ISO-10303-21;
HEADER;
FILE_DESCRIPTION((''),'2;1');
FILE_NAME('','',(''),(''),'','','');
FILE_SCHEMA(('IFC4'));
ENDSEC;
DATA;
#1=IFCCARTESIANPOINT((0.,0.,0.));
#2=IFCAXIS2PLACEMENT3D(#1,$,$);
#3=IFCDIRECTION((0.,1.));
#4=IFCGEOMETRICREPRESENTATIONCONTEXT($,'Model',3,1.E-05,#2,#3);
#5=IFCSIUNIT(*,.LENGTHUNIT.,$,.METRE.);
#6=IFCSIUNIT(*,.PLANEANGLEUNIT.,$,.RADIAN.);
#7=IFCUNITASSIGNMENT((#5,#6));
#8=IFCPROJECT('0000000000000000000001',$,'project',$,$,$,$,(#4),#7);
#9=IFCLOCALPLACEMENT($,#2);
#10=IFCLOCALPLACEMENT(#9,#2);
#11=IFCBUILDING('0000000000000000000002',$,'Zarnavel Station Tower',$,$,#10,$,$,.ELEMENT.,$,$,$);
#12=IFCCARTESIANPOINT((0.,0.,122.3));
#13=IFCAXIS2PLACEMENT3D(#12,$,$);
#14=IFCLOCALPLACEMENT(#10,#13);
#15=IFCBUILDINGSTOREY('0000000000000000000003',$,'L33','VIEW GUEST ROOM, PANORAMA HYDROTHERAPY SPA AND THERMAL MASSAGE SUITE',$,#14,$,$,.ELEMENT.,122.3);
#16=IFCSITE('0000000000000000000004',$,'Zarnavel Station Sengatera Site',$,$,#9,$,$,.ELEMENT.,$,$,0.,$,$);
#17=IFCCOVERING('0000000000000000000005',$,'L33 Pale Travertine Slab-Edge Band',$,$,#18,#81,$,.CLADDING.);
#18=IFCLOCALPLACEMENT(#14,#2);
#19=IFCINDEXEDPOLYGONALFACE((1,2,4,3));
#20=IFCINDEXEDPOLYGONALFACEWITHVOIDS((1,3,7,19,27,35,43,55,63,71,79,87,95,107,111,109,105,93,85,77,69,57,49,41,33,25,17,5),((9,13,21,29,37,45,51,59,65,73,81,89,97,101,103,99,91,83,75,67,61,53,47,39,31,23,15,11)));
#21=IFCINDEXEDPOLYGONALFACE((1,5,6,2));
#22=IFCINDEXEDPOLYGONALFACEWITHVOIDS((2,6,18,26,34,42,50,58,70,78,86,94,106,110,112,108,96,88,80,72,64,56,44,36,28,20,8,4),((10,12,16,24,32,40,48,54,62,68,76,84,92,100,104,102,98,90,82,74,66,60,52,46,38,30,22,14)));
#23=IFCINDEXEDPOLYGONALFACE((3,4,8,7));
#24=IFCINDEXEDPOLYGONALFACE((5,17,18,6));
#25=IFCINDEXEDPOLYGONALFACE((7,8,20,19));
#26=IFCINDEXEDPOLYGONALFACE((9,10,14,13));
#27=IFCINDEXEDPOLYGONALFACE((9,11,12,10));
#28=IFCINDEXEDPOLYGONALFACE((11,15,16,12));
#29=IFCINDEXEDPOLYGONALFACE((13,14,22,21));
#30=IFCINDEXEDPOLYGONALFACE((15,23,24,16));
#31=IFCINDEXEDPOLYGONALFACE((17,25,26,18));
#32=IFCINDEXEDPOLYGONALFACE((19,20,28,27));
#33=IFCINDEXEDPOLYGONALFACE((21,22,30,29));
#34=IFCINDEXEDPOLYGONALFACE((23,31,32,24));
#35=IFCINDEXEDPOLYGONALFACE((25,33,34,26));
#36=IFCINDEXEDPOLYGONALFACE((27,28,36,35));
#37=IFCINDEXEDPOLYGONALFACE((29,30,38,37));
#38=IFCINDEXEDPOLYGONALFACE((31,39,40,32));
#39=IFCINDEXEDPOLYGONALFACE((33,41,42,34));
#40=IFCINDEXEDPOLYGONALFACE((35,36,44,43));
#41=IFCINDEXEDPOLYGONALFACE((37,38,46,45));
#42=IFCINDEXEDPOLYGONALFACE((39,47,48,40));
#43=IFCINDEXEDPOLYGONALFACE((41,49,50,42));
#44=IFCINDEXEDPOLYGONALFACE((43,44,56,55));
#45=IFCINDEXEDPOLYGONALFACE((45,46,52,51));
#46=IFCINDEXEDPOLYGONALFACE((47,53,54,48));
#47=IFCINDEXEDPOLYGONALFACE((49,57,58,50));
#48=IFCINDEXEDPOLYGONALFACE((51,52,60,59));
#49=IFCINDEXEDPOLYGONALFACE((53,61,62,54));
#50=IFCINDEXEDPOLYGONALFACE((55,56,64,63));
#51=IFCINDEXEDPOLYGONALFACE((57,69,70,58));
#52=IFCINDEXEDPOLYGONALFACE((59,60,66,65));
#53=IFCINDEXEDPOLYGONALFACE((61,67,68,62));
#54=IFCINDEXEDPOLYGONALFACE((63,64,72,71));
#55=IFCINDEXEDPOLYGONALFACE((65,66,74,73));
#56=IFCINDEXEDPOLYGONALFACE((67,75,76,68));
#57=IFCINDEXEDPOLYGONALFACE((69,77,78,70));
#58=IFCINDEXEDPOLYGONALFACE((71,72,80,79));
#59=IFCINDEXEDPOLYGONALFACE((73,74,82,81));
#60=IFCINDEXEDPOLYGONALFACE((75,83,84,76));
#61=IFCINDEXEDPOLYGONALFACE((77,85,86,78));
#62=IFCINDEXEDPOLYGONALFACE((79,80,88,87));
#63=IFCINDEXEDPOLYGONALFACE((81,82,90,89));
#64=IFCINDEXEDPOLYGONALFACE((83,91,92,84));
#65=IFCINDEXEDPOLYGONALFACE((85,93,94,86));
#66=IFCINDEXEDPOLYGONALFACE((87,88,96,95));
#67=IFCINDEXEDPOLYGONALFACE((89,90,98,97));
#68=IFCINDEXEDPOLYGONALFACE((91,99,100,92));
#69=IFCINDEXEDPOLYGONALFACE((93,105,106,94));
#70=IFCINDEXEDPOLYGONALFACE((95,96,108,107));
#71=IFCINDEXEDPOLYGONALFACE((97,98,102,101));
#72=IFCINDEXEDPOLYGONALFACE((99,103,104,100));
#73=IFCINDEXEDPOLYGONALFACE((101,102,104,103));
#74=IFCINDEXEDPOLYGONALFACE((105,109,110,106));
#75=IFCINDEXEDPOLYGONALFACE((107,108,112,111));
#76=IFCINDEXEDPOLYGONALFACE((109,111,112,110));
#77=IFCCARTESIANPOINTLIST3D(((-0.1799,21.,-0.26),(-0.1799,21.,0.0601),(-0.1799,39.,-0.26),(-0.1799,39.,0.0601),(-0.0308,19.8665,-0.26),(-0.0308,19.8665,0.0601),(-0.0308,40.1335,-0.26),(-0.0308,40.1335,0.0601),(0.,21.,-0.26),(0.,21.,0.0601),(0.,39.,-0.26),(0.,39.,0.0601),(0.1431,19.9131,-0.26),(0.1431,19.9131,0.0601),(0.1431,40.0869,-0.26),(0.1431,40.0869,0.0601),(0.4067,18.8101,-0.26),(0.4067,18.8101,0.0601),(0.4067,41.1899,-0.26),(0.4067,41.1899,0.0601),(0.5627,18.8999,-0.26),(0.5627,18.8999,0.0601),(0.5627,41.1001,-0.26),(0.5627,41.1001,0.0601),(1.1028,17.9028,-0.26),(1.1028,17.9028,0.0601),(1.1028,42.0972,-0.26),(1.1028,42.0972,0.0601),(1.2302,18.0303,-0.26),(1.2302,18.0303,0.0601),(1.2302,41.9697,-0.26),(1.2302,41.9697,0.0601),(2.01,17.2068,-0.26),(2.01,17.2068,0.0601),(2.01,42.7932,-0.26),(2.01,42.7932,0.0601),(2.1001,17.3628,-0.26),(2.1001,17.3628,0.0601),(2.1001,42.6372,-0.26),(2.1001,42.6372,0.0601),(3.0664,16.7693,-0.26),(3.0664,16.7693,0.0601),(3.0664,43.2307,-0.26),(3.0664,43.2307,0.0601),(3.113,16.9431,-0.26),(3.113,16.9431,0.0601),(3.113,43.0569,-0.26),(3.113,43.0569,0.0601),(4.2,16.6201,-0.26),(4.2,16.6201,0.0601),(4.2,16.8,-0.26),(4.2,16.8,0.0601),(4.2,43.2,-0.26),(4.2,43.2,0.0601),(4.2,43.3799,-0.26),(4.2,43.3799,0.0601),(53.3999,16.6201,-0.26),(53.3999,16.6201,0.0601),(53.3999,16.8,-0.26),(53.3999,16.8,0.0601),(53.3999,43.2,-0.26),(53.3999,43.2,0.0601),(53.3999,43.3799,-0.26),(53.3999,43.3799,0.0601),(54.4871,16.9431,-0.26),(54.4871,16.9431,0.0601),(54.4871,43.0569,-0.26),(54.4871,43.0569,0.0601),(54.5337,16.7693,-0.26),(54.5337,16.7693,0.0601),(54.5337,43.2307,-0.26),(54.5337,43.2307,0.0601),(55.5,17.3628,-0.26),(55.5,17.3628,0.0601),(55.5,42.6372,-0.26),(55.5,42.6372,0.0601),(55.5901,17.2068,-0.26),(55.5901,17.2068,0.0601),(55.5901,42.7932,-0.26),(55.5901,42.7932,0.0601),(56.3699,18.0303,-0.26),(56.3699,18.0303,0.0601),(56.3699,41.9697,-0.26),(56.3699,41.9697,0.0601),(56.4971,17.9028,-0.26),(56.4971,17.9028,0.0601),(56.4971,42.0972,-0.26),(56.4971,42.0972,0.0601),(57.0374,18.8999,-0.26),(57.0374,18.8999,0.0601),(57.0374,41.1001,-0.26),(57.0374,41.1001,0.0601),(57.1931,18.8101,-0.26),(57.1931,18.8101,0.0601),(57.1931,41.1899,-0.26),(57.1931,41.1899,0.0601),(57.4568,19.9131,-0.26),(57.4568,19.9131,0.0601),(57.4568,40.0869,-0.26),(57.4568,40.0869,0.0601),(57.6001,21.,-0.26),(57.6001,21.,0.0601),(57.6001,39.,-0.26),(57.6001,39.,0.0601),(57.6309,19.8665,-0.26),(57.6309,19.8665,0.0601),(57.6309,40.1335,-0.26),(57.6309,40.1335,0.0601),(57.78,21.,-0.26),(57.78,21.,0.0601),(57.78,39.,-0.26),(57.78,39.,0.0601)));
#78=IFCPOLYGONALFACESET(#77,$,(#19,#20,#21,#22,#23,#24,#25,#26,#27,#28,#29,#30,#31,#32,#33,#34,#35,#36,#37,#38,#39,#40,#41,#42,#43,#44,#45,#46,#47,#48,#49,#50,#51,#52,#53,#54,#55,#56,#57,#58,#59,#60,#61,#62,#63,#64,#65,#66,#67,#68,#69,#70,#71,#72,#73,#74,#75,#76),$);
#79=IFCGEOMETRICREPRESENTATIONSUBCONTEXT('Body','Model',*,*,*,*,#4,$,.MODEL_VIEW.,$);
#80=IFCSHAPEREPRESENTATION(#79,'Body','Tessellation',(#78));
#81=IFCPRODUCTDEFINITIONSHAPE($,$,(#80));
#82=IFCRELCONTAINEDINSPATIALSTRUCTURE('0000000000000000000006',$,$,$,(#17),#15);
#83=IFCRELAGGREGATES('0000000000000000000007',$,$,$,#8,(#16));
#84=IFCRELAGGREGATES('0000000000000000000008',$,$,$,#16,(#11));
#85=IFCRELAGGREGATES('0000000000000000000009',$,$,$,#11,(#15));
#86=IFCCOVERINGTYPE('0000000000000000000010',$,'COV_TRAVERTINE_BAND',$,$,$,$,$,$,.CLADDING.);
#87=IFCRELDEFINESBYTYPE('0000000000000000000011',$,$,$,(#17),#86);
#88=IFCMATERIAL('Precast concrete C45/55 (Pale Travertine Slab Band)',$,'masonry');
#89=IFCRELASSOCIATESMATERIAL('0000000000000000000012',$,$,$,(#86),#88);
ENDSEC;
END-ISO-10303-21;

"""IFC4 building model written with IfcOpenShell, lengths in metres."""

from ifc_helpers import new_model, si_unit, direction, frame, origin, place, context, subcontext, project, spatial, polyline, outline, extrude, material, type_object, element, save


model = new_model("IFC4")

# Units and contexts
model_context = context("Model", 3, precision=1e-05, world=origin(), true_north=direction((0.0, 1.0)))
body_context = subcontext(model_context, "Body", "Model", "MODEL_VIEW")
ifc_project = project(units=[si_unit("LENGTHUNIT", "METRE"), si_unit("PLANEANGLEUNIT", "RADIAN")], contexts=[model_context])

# Site, building, storey
site_placement = place(None, origin())
site = spatial("IfcSite", under=ifc_project, at=site_placement, Name="Zarnavel Station Sengatera Site", CompositionType="ELEMENT", RefElevation=0.0)
building_placement = place(site_placement, origin())
building = spatial("IfcBuilding", under=site, at=building_placement, Name="Zarnavel Station Tower", CompositionType="ELEMENT")
storey_placement = place(building_placement, frame((0.0, 0.0, 122.3)))
storey = spatial("IfcBuildingStorey", under=building, at=storey_placement, Name="L33", Description="VIEW GUEST ROOM, PANORAMA HYDROTHERAPY SPA AND THERMAL MASSAGE SUITE", CompositionType="ELEMENT", Elevation=122.3)

# Covering
ifc_material_1 = material(Name="Precast concrete C45/55 (Pale Travertine Slab Band)", Category="masonry")
covering_type_1 = type_object("IfcCoveringType", Name="COV_TRAVERTINE_BAND", PredefinedType="CLADDING", material=ifc_material_1)
covering_1_placement = place(storey_placement, frame((0.0, 0.0, -0.26)))
element("IfcCovering", 1, at=covering_1_placement, inside=storey, type_object=covering_type_1, Name="L33 Pale Travertine Slab-Edge Band", PredefinedType="CLADDING", context=body_context, shape_type="SweptSolid", body=[
    extrude(outline(polyline([(53.3999, 16.6201), (54.5337, 16.7693), (55.5901, 17.2068), (56.4971, 17.9028), (57.1931, 18.8101), (57.6309, 19.8665), (57.78, 21.0), (57.78, 39.0), (57.6309, 40.1335), (57.1931, 41.1899), (56.4971, 42.0972), (55.5901, 42.7932), (54.5337, 43.2307), (53.3999, 43.3799), (4.2, 43.3799), (3.0664, 43.2307), (2.01, 42.7932), (1.1028, 42.0972), (0.4067, 41.1899), (-0.0308, 40.1335), (-0.1799, 39.0), (-0.1799, 21.0), (-0.0308, 19.8665), (0.4067, 18.8101), (1.1028, 17.9028), (2.01, 17.2068), (3.0664, 16.7693), (4.2, 16.6201), (53.3999, 16.6201)]), holes=[polyline([(53.3999, 16.8), (54.4871, 16.9431), (55.5, 17.3628), (56.3699, 18.0303), (57.0374, 18.8999), (57.4568, 19.9131), (57.6001, 21.0), (57.6001, 39.0), (57.4568, 40.0869), (57.0374, 41.1001), (56.3699, 41.9697), (55.5, 42.6372), (54.4871, 43.0569), (53.3999, 43.2), (4.2, 43.2), (3.113, 43.0569), (2.1001, 42.6372), (1.2302, 41.9697), (0.5627, 41.1001), (0.1431, 40.0869), (0.0, 39.0), (0.0, 21.0), (0.1431, 19.9131), (0.5627, 18.8999), (1.2302, 18.0303), (2.1001, 17.3628), (3.113, 16.9431), (4.2, 16.8), (53.3999, 16.8)])]), origin(), (0.0, 0.0, 1.0), 0.3201),
])

save(model, "model.ifc")
